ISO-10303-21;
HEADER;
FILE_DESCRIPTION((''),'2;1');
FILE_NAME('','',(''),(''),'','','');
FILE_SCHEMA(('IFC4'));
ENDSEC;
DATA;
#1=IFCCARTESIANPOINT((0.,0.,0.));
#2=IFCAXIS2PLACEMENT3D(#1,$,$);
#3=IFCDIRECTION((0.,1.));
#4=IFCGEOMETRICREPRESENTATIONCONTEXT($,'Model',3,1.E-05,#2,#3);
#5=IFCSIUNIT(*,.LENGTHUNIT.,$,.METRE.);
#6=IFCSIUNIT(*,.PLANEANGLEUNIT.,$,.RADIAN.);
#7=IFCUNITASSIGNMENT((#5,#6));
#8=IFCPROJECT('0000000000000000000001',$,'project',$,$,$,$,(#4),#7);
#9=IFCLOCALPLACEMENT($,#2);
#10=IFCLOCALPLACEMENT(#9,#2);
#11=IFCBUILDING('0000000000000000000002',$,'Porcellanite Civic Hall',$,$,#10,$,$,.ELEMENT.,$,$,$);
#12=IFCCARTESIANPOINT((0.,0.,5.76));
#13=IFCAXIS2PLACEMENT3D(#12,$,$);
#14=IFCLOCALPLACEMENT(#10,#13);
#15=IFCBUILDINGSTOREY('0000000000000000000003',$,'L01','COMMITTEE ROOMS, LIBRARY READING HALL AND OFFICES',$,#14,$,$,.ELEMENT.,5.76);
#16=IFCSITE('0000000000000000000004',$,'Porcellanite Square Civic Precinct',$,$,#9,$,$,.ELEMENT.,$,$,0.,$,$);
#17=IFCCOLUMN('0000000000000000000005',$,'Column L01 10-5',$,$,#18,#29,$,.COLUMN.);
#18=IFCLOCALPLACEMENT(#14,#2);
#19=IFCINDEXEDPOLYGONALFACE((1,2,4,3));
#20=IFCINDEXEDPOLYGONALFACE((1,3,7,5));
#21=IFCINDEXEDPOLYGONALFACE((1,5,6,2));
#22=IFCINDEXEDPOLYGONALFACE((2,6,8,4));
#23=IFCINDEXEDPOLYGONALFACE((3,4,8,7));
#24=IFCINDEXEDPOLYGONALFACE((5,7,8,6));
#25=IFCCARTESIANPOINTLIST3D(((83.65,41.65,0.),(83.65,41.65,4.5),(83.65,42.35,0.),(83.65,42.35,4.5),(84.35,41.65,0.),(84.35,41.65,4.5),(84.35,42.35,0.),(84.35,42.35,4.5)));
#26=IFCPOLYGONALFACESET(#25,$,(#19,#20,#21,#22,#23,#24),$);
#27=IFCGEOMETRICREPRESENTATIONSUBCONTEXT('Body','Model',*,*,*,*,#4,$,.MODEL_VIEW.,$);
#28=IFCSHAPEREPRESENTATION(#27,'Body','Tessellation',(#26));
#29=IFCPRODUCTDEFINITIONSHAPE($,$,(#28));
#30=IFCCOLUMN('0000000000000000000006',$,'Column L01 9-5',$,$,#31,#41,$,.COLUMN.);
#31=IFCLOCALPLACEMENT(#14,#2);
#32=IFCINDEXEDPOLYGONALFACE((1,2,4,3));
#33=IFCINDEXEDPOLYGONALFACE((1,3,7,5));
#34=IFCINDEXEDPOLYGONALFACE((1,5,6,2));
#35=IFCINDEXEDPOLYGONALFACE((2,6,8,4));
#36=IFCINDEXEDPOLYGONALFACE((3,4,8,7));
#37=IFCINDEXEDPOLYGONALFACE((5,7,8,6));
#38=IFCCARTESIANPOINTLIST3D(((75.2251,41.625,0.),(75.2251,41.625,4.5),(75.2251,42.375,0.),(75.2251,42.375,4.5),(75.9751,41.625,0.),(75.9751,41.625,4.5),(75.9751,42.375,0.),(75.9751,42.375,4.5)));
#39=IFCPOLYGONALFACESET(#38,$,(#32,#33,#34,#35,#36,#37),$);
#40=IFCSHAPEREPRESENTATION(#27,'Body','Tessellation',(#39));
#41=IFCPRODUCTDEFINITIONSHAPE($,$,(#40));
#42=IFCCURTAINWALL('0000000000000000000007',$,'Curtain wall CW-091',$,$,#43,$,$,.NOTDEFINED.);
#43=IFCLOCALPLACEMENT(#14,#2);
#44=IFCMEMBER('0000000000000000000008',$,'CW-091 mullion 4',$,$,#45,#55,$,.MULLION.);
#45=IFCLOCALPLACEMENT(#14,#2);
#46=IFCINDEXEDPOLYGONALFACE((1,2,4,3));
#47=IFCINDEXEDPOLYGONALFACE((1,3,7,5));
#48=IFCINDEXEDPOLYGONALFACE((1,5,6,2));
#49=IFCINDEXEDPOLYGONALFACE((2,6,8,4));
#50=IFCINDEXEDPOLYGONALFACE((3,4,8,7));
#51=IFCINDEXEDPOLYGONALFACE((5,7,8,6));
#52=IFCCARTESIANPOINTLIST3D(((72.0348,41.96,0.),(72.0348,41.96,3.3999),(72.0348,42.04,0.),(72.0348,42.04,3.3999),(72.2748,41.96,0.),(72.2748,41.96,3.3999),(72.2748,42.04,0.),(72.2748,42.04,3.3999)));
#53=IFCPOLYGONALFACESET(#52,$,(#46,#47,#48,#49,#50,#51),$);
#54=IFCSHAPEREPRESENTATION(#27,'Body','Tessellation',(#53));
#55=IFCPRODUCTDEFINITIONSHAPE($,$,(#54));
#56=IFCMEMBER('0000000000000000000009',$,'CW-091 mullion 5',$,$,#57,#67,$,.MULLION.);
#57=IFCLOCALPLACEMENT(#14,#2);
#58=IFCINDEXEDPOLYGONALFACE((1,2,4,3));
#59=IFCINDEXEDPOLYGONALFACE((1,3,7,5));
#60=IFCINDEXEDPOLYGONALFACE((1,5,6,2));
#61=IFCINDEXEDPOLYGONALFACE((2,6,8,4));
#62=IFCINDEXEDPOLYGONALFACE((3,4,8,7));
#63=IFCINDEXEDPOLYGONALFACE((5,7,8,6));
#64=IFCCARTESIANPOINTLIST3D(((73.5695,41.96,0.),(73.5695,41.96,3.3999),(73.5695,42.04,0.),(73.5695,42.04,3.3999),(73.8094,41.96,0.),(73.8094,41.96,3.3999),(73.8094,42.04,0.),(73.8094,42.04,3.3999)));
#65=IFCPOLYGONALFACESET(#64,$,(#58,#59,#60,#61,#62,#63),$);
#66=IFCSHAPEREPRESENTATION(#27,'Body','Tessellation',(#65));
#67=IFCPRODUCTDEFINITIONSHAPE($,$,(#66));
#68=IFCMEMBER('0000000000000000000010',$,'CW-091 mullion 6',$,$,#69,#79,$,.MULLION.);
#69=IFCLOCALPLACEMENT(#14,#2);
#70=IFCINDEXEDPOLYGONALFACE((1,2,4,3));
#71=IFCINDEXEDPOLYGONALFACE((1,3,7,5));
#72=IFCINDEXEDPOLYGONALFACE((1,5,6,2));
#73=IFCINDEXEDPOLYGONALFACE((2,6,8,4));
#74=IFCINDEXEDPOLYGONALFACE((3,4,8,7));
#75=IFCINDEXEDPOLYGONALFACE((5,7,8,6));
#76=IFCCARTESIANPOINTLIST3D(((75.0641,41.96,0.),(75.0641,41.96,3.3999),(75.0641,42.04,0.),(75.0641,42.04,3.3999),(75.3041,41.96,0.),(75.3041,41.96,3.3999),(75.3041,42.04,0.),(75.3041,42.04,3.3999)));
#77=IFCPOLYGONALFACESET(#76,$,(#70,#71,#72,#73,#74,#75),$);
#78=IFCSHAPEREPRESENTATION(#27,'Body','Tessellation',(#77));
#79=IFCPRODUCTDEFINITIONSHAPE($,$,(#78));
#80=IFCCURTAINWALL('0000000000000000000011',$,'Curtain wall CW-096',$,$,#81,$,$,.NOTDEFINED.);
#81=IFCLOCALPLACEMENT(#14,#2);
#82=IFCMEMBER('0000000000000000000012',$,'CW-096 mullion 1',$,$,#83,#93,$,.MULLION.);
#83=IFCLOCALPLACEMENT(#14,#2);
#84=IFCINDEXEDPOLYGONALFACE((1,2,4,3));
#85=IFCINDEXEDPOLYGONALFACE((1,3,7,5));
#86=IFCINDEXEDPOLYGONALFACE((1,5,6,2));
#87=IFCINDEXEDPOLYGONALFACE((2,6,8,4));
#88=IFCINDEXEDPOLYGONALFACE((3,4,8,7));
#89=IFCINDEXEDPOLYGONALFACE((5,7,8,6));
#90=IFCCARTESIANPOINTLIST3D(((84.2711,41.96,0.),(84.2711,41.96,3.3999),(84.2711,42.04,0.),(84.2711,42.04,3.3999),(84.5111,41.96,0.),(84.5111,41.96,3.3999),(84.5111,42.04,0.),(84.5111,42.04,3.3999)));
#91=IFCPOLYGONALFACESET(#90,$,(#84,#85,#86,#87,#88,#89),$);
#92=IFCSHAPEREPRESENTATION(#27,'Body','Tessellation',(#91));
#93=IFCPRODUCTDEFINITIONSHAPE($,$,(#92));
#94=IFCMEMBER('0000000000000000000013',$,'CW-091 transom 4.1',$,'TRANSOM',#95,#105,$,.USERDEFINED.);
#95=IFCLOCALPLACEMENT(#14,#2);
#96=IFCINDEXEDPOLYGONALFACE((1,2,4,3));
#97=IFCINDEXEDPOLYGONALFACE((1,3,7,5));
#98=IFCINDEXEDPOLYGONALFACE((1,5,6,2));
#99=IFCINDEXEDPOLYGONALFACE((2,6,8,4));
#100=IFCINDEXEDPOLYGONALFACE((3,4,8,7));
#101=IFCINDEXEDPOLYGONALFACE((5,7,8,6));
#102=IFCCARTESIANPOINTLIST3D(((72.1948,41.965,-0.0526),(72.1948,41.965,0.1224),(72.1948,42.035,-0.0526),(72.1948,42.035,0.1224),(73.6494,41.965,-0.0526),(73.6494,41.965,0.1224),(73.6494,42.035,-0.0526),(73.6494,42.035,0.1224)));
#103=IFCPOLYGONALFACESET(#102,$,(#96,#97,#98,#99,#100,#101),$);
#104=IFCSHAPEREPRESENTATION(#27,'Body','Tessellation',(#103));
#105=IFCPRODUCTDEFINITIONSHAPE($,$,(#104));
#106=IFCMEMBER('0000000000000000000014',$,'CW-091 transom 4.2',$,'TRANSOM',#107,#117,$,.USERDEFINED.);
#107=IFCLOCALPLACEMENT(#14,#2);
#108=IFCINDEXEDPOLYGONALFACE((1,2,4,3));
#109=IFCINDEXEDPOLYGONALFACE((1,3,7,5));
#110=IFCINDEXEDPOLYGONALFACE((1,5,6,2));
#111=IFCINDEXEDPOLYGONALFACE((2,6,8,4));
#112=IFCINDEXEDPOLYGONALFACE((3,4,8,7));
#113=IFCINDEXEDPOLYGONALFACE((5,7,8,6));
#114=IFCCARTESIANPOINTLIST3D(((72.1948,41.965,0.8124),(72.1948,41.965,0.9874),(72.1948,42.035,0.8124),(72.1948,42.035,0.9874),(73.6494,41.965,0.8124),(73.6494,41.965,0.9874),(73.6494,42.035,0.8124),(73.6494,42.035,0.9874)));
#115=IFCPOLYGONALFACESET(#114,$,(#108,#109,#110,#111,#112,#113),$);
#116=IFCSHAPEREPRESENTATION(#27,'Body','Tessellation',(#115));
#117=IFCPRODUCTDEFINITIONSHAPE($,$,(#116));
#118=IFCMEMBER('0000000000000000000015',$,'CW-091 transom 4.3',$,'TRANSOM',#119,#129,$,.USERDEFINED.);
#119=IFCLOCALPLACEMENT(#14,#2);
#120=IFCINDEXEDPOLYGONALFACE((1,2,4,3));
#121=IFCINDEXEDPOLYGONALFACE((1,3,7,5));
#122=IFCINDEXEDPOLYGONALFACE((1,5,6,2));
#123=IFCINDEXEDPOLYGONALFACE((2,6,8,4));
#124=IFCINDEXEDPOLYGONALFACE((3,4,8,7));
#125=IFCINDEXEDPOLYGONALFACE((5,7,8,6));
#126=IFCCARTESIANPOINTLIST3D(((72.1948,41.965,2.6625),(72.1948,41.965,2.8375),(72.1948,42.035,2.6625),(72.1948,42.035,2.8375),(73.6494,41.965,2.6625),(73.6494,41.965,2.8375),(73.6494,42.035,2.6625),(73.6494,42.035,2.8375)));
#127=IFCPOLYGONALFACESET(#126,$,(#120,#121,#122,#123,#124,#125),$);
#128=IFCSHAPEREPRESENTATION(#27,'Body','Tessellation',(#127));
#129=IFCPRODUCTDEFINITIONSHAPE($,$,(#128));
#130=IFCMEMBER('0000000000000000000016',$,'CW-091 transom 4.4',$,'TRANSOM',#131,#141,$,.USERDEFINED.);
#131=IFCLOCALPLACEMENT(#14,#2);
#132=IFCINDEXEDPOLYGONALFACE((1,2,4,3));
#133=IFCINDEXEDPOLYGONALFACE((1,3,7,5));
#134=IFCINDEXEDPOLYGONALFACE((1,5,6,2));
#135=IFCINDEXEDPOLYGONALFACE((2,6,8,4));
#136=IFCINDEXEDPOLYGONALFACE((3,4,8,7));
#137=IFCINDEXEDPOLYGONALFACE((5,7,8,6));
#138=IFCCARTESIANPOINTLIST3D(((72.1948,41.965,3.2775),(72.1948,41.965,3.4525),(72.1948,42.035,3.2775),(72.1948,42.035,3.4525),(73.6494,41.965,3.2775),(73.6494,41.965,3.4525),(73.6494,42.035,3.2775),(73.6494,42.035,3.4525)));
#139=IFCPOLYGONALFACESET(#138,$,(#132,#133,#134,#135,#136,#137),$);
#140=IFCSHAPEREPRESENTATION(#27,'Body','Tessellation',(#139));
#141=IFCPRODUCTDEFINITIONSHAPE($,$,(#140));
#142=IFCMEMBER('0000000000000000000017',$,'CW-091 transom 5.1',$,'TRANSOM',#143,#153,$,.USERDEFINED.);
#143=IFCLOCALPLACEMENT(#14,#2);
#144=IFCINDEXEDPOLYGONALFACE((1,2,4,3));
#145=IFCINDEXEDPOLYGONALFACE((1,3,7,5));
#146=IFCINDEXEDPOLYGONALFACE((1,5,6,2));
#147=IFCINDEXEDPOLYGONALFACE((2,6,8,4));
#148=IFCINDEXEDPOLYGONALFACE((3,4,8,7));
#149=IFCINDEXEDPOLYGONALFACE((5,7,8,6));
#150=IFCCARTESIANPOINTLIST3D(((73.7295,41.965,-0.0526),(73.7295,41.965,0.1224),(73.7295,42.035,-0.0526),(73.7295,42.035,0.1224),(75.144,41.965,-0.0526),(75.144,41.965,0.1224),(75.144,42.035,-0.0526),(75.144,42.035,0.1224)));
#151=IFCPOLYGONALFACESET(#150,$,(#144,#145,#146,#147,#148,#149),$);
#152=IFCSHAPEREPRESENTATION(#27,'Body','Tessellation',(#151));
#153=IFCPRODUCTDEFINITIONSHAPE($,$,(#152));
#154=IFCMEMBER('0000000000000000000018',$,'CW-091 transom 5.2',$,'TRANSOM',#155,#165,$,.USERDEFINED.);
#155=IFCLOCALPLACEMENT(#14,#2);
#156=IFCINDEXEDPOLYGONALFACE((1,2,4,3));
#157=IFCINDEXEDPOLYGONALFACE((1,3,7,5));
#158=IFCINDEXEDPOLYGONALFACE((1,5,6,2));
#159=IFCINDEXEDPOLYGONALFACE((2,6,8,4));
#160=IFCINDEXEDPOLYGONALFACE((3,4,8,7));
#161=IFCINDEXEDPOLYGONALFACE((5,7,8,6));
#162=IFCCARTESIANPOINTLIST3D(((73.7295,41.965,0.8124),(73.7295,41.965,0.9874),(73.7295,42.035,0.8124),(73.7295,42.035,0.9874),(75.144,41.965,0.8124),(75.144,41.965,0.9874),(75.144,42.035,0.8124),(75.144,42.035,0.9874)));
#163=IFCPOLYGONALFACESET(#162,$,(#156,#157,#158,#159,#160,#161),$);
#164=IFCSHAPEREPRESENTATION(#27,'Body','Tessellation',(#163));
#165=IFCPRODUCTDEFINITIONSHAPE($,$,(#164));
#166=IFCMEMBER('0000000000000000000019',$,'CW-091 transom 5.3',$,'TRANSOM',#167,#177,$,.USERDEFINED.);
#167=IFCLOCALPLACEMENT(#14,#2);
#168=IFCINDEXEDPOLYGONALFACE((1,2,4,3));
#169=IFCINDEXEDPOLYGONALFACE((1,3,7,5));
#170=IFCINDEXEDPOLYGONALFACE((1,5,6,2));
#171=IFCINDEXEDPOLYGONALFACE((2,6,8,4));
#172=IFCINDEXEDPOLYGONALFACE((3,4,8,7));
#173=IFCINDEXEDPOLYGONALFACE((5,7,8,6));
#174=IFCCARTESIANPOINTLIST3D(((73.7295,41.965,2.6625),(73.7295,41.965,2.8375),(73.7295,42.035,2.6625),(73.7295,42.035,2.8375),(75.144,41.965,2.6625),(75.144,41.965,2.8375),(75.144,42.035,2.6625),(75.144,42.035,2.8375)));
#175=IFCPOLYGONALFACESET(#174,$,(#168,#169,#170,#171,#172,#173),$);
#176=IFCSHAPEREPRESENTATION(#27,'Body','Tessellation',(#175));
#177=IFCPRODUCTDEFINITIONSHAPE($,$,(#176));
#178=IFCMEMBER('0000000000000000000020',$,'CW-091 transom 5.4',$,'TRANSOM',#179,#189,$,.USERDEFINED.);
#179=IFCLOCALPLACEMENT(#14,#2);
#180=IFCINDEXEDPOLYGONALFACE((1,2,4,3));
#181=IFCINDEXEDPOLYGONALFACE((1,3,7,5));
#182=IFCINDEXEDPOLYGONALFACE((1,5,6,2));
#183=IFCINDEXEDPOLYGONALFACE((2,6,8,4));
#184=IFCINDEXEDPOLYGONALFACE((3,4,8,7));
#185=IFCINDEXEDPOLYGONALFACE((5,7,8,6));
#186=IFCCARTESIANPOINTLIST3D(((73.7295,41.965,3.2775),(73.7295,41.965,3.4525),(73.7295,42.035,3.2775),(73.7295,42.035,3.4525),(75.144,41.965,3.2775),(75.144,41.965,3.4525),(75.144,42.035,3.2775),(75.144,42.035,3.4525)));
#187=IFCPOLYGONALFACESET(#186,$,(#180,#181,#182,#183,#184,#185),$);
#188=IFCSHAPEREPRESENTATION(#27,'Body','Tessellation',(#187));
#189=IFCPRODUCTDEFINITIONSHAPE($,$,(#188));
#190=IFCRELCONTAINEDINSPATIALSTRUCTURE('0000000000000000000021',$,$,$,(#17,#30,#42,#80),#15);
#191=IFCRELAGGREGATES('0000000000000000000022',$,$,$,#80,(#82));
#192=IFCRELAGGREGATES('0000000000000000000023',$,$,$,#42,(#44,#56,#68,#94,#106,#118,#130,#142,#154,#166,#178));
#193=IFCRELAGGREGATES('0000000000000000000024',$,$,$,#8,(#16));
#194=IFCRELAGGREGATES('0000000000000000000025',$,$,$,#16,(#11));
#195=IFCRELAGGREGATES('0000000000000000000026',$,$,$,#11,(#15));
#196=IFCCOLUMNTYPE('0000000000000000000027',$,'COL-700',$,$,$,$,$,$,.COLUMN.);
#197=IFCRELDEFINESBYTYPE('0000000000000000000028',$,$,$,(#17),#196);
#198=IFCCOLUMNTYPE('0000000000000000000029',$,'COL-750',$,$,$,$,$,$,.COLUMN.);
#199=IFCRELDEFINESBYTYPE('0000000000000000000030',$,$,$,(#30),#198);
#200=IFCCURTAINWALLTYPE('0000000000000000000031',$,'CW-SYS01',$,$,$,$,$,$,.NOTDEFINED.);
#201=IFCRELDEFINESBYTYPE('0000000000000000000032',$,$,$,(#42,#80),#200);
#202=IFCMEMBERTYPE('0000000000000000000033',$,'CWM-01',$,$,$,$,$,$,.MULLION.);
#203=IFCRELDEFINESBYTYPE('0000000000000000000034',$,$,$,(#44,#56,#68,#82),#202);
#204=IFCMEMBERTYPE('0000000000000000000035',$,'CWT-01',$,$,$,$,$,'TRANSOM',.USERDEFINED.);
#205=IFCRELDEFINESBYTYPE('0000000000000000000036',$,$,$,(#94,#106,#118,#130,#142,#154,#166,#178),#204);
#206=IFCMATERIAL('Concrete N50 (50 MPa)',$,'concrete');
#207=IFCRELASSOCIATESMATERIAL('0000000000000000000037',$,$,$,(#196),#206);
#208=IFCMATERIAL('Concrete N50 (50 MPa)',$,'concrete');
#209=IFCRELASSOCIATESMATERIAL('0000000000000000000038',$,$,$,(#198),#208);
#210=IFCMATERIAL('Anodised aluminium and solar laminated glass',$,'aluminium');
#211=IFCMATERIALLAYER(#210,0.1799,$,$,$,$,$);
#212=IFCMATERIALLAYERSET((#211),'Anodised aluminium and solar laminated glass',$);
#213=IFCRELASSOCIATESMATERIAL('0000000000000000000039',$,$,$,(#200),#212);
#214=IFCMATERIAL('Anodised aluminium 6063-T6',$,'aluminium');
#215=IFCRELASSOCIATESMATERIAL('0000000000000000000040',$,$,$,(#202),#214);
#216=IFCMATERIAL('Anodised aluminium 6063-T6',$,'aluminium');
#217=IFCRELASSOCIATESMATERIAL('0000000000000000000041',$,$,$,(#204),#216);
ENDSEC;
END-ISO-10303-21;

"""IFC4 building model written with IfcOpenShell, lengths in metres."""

from ifc_helpers import new_model, si_unit, direction, frame, origin, origin_2d, place, context, subcontext, project, spatial, rectangle, extrude, material, layer, layer_set, material_profile, profile_set, type_object, element, aggregate, save


model = new_model("IFC4")

# Units and contexts
model_context = context("Model", 3, precision=1e-05, world=origin(), true_north=direction((0.0, 1.0)))
body_context = subcontext(model_context, "Body", "Model", "MODEL_VIEW")
ifc_project = project(units=[si_unit("LENGTHUNIT", "METRE"), si_unit("PLANEANGLEUNIT", "RADIAN")], contexts=[model_context])

# Site, building, storey
site_placement = place(None, origin())
site = spatial("IfcSite", under=ifc_project, at=site_placement, Name="Porcellanite Square Civic Precinct", CompositionType="ELEMENT", RefElevation=0.0)
building_placement = place(site_placement, origin())
building = spatial("IfcBuilding", under=site, at=building_placement, Name="Porcellanite Civic Hall", CompositionType="ELEMENT")
storey_placement = place(building_placement, frame((0.0, 0.0, 5.76)))
storey = spatial("IfcBuildingStorey", under=building, at=storey_placement, Name="L01", Description="COMMITTEE ROOMS, LIBRARY READING HALL AND OFFICES", CompositionType="ELEMENT", Elevation=5.76)

# Columns
ifc_material_1 = material(Name="Concrete N50 (50 MPa)", Category="concrete")
ifc_material_profile_1 = material_profile(ifc_material_1, rectangle(XDim=0.7, YDim=0.7, at=origin_2d()), Name="RC-700x700")
ifc_profile_set_1 = profile_set([ifc_material_profile_1], Name="Concrete N50 (50 MPa)")
column_type_1 = type_object("IfcColumnType", Name="COL-700", PredefinedType="COLUMN", material=ifc_profile_set_1)
column_1_placement = place(storey_placement, frame((84.0, 42.0, 0.0), z_axis=(0.0, 0.0, 1.0), x_axis=(1.0, 0.0, 0.0)))
element("IfcColumn", 1, at=column_1_placement, inside=storey, type_object=column_type_1, Name="Column L01 10-5", PredefinedType="COLUMN", context=body_context, shape_type="SweptSolid", body=[
    extrude(rectangle(XDim=0.7, YDim=0.7, at=origin_2d()), origin(), (0.0, 0.0, 1.0), 4.5),
])
ifc_material_2 = material(Name="Concrete N50 (50 MPa)", Category="concrete")
ifc_material_profile_2 = material_profile(ifc_material_2, rectangle(XDim=0.75, YDim=0.75, at=origin_2d()), Name="RC-750x750")
ifc_profile_set_2 = profile_set([ifc_material_profile_2], Name="Concrete N50 (50 MPa)")
column_type_2 = type_object("IfcColumnType", Name="COL-750", PredefinedType="COLUMN", material=ifc_profile_set_2)
column_2_placement = place(storey_placement, frame((75.6001, 42.0, 0.0), z_axis=(0.0, 0.0, 1.0), x_axis=(1.0, 0.0, 0.0)))
element("IfcColumn", 2, at=column_2_placement, inside=storey, type_object=column_type_2, Name="Column L01 9-5", PredefinedType="COLUMN", context=body_context, shape_type="SweptSolid", body=[
    extrude(rectangle(XDim=0.75, YDim=0.75, at=origin_2d()), origin(), (0.0, 0.0, 1.0), 4.5),
])

# Curtain wall, members
ifc_material_3 = material(Name="Anodised aluminium and solar laminated glass", Category="aluminium")
ifc_layer_1 = layer(ifc_material_3, 0.1799)
ifc_layer_set_1 = layer_set([ifc_layer_1], Name="Anodised aluminium and solar laminated glass")
curtain_wall_type = type_object("IfcCurtainWallType", Name="CW-SYS01", PredefinedType="NOTDEFINED", material=ifc_layer_set_1)
curtain_wall_1_placement = place(storey_placement, origin())
curtain_wall_1 = element("IfcCurtainWall", 3, at=curtain_wall_1_placement, inside=storey, type_object=curtain_wall_type, Name="Curtain wall CW-091", PredefinedType="NOTDEFINED")
ifc_material_4 = material(Name="Anodised aluminium 6063-T6", Category="aluminium")
ifc_material_profile_3 = material_profile(ifc_material_4, rectangle(XDim=0.0801, YDim=0.24, at=origin_2d()), Name="AL-80x240")
ifc_profile_set_3 = profile_set([ifc_material_profile_3], Name="Anodised aluminium 6063-T6")
member_type_1 = type_object("IfcMemberType", Name="CWM-01", PredefinedType="MULLION", material=ifc_profile_set_3)
member_1_placement = place(storey_placement, frame((72.1548, 42.0, 0.0), z_axis=(0.0, 0.0, 1.0), x_axis=(0.0, 1.0, 0.0)))
member_1 = element("IfcMember", 4, at=member_1_placement, type_object=member_type_1, Name="CW-091 mullion 4", PredefinedType="MULLION", context=body_context, shape_type="SweptSolid", body=[
    extrude(rectangle(XDim=0.0801, YDim=0.24, at=origin_2d()), origin(), (0.0, 0.0, 1.0), 3.3999),
])
member_2_placement = place(storey_placement, frame((73.6895, 42.0, 0.0), z_axis=(0.0, 0.0, 1.0), x_axis=(0.0, 1.0, 0.0)))
member_2 = element("IfcMember", 5, at=member_2_placement, type_object=member_type_1, Name="CW-091 mullion 5", PredefinedType="MULLION", context=body_context, shape_type="SweptSolid", body=[
    extrude(rectangle(XDim=0.0801, YDim=0.24, at=origin_2d()), origin(), (0.0, 0.0, 1.0), 3.3999),
])
member_3_placement = place(storey_placement, frame((75.1841, 42.0, 0.0), z_axis=(0.0, 0.0, 1.0), x_axis=(0.0, 1.0, 0.0)))
member_3 = element("IfcMember", 6, at=member_3_placement, type_object=member_type_1, Name="CW-091 mullion 6", PredefinedType="MULLION", context=body_context, shape_type="SweptSolid", body=[
    extrude(rectangle(XDim=0.0801, YDim=0.24, at=origin_2d()), origin(), (0.0, 0.0, 1.0), 3.3999),
])

# Curtain wall, member
curtain_wall_2_placement = place(storey_placement, origin())
curtain_wall_2 = element("IfcCurtainWall", 7, at=curtain_wall_2_placement, inside=storey, type_object=curtain_wall_type, Name="Curtain wall CW-096", PredefinedType="NOTDEFINED")
member_4_placement = place(storey_placement, frame((84.3911, 42.0, 0.0), z_axis=(0.0, 0.0, 1.0), x_axis=(0.0, 1.0, 0.0)))
member_4 = element("IfcMember", 8, at=member_4_placement, type_object=member_type_1, Name="CW-096 mullion 1", PredefinedType="MULLION", context=body_context, shape_type="SweptSolid", body=[
    extrude(rectangle(XDim=0.0801, YDim=0.24, at=origin_2d()), origin(), (0.0, 0.0, 1.0), 3.3999),
])

# Members
ifc_material_5 = material(Name="Anodised aluminium 6063-T6", Category="aluminium")
ifc_material_profile_4 = material_profile(ifc_material_5, rectangle(XDim=0.0701, YDim=0.175, at=origin_2d()), Name="AL-70x175")
ifc_profile_set_4 = profile_set([ifc_material_profile_4], Name="Anodised aluminium 6063-T6")
member_type_2 = type_object("IfcMemberType", Name="CWT-01", ElementType="TRANSOM", PredefinedType="USERDEFINED", material=ifc_profile_set_4)
member_5_placement = place(storey_placement, frame((72.1948, 42.0, 0.0349), z_axis=(1.0, 0.0, 0.0), x_axis=(0.0, 1.0, 0.0)))
member_5 = element("IfcMember", 9, at=member_5_placement, type_object=member_type_2, Name="CW-091 transom 4.1", ObjectType="TRANSOM", PredefinedType="USERDEFINED", context=body_context, shape_type="SweptSolid", body=[
    extrude(rectangle(XDim=0.0701, YDim=0.175, at=origin_2d()), origin(), (0.0, 0.0, 1.0), 1.4546),
])
member_6_placement = place(storey_placement, frame((72.1948, 42.0, 0.8999), z_axis=(1.0, 0.0, 0.0), x_axis=(0.0, 1.0, 0.0)))
member_6 = element("IfcMember", 10, at=member_6_placement, type_object=member_type_2, Name="CW-091 transom 4.2", ObjectType="TRANSOM", PredefinedType="USERDEFINED", context=body_context, shape_type="SweptSolid", body=[
    extrude(rectangle(XDim=0.0701, YDim=0.175, at=origin_2d()), origin(), (0.0, 0.0, 1.0), 1.4546),
])
member_7_placement = place(storey_placement, frame((72.1948, 42.0, 2.75), z_axis=(1.0, 0.0, 0.0), x_axis=(0.0, 1.0, 0.0)))
member_7 = element("IfcMember", 11, at=member_7_placement, type_object=member_type_2, Name="CW-091 transom 4.3", ObjectType="TRANSOM", PredefinedType="USERDEFINED", context=body_context, shape_type="SweptSolid", body=[
    extrude(rectangle(XDim=0.0701, YDim=0.175, at=origin_2d()), origin(), (0.0, 0.0, 1.0), 1.4546),
])
member_8_placement = place(storey_placement, frame((72.1948, 42.0, 3.365), z_axis=(1.0, 0.0, 0.0), x_axis=(0.0, 1.0, 0.0)))
member_8 = element("IfcMember", 12, at=member_8_placement, type_object=member_type_2, Name="CW-091 transom 4.4", ObjectType="TRANSOM", PredefinedType="USERDEFINED", context=body_context, shape_type="SweptSolid", body=[
    extrude(rectangle(XDim=0.0701, YDim=0.175, at=origin_2d()), origin(), (0.0, 0.0, 1.0), 1.4546),
])
member_9_placement = place(storey_placement, frame((73.7295, 42.0, 0.0349), z_axis=(1.0, 0.0, 0.0), x_axis=(0.0, 1.0, 0.0)))
member_9 = element("IfcMember", 13, at=member_9_placement, type_object=member_type_2, Name="CW-091 transom 5.1", ObjectType="TRANSOM", PredefinedType="USERDEFINED", context=body_context, shape_type="SweptSolid", body=[
    extrude(rectangle(XDim=0.0701, YDim=0.175, at=origin_2d()), origin(), (0.0, 0.0, 1.0), 1.4146),
])
member_10_placement = place(storey_placement, frame((73.7295, 42.0, 0.8999), z_axis=(1.0, 0.0, 0.0), x_axis=(0.0, 1.0, 0.0)))
member_10 = element("IfcMember", 14, at=member_10_placement, type_object=member_type_2, Name="CW-091 transom 5.2", ObjectType="TRANSOM", PredefinedType="USERDEFINED", context=body_context, shape_type="SweptSolid", body=[
    extrude(rectangle(XDim=0.0701, YDim=0.175, at=origin_2d()), origin(), (0.0, 0.0, 1.0), 1.4146),
])
member_11_placement = place(storey_placement, frame((73.7295, 42.0, 2.75), z_axis=(1.0, 0.0, 0.0), x_axis=(0.0, 1.0, 0.0)))
member_11 = element("IfcMember", 15, at=member_11_placement, type_object=member_type_2, Name="CW-091 transom 5.3", ObjectType="TRANSOM", PredefinedType="USERDEFINED", context=body_context, shape_type="SweptSolid", body=[
    extrude(rectangle(XDim=0.0701, YDim=0.175, at=origin_2d()), origin(), (0.0, 0.0, 1.0), 1.4146),
])
member_12_placement = place(storey_placement, frame((73.7295, 42.0, 3.365), z_axis=(1.0, 0.0, 0.0), x_axis=(0.0, 1.0, 0.0)))
member_12 = element("IfcMember", 16, at=member_12_placement, type_object=member_type_2, Name="CW-091 transom 5.4", ObjectType="TRANSOM", PredefinedType="USERDEFINED", context=body_context, shape_type="SweptSolid", body=[
    extrude(rectangle(XDim=0.0701, YDim=0.175, at=origin_2d()), origin(), (0.0, 0.0, 1.0), 1.4146),
])
aggregate(curtain_wall_2, [member_4])

aggregate(curtain_wall_1, [member_1, member_2, member_3, member_5, member_6, member_7, member_8, member_9, member_10, member_11, member_12])

save(model, "model.ifc")
